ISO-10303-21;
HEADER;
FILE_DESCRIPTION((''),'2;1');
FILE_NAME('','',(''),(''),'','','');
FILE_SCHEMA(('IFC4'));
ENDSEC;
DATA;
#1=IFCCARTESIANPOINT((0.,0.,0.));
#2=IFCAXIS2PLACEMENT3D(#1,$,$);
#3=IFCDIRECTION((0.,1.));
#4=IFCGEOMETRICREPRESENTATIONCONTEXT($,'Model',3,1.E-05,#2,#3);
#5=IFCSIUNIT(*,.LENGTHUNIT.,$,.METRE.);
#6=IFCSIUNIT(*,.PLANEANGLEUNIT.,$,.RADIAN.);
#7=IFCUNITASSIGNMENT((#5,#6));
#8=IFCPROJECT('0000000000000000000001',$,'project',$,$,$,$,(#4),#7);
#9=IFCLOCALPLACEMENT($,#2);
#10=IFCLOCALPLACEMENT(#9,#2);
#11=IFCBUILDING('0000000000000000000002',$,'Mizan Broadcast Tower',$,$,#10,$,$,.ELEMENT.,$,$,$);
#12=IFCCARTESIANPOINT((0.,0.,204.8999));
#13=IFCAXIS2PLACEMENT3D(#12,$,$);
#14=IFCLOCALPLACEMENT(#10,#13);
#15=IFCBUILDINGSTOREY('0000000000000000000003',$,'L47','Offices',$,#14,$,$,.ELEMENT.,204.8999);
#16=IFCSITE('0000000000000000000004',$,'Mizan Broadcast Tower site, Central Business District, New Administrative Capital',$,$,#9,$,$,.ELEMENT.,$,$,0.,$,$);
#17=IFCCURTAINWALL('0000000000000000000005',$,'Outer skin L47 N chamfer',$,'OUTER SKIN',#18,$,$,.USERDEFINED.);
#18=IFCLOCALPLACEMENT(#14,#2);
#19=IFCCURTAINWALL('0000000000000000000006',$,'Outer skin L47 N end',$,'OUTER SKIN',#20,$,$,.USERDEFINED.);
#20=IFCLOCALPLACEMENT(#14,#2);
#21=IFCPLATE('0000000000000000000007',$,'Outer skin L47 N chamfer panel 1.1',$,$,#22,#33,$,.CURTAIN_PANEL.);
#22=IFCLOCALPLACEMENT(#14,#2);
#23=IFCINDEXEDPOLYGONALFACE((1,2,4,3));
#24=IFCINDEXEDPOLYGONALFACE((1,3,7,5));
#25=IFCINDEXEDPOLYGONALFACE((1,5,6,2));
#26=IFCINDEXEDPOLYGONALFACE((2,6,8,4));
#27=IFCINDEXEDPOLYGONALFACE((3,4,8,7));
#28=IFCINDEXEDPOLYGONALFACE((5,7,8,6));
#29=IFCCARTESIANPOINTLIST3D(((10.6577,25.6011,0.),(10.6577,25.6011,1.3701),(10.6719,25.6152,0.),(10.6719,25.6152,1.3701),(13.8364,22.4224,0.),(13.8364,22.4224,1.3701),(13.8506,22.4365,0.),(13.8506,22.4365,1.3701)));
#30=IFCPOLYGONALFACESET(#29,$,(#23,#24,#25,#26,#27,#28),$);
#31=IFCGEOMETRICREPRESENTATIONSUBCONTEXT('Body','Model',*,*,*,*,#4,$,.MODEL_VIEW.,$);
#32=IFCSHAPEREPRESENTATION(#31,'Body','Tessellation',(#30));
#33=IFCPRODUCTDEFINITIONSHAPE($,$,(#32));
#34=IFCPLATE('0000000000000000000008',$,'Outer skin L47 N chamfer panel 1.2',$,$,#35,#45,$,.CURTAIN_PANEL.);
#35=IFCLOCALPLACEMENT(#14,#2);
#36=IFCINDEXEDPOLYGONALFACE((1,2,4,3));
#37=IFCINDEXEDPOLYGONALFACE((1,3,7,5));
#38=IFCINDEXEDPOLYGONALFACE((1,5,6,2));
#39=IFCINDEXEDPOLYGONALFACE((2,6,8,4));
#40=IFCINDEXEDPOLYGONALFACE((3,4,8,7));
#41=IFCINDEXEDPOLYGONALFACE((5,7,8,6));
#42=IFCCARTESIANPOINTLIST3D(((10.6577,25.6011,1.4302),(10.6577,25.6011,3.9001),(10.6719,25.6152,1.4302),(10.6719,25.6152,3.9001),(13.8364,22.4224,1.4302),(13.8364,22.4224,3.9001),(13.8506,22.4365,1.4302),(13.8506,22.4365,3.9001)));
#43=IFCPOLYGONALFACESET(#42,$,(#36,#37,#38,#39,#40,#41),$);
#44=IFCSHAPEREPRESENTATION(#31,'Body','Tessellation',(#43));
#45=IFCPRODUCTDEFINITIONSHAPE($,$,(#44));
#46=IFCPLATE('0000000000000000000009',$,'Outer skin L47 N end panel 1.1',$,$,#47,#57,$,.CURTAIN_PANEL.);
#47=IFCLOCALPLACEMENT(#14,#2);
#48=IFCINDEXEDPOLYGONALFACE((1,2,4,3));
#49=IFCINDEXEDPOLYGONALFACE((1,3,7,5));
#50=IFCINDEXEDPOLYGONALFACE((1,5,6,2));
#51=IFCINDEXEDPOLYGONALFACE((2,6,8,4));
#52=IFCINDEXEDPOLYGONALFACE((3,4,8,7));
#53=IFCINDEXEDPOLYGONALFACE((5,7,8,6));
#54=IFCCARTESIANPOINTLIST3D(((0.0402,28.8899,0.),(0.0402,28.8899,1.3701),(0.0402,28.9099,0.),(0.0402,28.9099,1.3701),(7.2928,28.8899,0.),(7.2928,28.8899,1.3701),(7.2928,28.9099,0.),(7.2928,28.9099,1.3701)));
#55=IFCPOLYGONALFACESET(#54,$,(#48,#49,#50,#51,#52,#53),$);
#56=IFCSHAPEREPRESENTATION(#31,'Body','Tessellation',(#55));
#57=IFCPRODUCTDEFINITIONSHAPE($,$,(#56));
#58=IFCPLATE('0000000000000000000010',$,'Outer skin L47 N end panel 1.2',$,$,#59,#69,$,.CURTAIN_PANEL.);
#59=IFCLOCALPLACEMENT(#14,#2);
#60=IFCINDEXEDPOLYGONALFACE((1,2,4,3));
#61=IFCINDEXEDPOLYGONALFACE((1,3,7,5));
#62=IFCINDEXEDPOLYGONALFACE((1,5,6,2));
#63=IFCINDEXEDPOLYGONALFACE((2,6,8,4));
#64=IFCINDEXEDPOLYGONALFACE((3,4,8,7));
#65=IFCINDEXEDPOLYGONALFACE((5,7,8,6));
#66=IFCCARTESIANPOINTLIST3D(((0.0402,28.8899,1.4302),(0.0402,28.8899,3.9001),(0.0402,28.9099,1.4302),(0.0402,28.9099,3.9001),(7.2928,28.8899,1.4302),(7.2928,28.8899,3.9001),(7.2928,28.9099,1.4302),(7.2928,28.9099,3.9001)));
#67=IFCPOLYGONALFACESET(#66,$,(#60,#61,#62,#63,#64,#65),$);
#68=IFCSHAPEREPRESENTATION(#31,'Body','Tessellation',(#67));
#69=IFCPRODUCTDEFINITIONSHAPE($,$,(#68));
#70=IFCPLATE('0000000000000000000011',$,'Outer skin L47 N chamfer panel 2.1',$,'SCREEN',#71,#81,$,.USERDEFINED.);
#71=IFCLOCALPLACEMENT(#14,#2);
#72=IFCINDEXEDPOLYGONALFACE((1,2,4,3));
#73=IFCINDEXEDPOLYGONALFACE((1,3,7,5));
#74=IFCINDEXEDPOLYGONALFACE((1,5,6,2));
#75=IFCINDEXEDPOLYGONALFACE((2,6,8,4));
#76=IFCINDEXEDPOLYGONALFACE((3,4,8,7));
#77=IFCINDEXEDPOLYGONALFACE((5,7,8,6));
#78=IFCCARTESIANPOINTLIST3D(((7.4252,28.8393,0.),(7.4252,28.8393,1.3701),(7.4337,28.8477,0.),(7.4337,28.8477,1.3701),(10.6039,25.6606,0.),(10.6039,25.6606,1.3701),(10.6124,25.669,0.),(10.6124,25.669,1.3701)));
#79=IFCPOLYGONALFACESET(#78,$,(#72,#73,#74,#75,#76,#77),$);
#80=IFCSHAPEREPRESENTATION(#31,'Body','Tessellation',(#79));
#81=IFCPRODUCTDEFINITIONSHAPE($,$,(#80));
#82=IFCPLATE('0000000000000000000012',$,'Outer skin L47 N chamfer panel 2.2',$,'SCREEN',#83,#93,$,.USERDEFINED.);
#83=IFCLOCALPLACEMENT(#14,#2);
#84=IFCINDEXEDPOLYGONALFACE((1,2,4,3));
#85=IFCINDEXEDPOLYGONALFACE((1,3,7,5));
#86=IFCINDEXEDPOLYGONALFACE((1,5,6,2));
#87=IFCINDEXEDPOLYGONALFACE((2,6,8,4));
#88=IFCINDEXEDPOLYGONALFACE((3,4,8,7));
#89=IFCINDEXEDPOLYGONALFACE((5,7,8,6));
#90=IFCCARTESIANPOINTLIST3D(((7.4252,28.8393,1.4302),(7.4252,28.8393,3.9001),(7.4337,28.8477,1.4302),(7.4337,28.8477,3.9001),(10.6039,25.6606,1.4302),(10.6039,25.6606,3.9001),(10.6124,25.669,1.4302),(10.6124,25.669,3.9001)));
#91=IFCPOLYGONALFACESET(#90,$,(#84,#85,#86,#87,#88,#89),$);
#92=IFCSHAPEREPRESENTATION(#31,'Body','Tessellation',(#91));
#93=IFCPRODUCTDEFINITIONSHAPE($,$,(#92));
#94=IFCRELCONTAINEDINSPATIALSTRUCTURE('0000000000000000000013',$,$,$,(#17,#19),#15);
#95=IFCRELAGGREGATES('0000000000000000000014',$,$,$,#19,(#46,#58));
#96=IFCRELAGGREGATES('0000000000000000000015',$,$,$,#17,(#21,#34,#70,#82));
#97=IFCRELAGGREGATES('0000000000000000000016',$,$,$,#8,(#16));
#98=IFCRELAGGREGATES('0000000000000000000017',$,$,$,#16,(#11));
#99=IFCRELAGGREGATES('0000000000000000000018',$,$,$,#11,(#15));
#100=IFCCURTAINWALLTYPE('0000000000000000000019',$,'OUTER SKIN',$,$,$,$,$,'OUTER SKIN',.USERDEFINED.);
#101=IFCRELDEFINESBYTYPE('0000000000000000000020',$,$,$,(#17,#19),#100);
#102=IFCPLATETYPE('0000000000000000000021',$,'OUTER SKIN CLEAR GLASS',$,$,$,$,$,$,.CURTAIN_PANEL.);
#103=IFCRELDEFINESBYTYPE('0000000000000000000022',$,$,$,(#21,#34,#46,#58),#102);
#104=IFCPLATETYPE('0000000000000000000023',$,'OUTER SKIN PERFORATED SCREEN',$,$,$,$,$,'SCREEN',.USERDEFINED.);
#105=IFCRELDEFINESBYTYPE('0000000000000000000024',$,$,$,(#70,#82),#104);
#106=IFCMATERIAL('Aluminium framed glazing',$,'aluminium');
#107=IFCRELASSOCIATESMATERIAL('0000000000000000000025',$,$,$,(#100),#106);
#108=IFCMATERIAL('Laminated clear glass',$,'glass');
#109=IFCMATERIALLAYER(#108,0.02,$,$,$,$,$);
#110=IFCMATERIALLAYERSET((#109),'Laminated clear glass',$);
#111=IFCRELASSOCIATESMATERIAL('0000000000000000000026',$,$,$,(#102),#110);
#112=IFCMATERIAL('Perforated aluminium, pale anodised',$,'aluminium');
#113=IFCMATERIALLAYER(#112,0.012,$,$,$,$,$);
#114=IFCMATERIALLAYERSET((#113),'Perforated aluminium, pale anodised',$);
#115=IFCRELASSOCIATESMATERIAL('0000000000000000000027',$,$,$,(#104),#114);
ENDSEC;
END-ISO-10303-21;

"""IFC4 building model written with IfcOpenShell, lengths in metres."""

from ifc_helpers import new_model, si_unit, direction, frame, origin, origin_2d, place, context, subcontext, project, spatial, rectangle, extrude, material, layer, layer_set, type_object, element, aggregate, save


model = new_model("IFC4")

# Units and contexts
model_context = context("Model", 3, precision=1e-05, world=origin(), true_north=direction((0.0, 1.0)))
body_context = subcontext(model_context, "Body", "Model", "MODEL_VIEW")
ifc_project = project(units=[si_unit("LENGTHUNIT", "METRE"), si_unit("PLANEANGLEUNIT", "RADIAN")], contexts=[model_context])

# Site, building, storey
site_placement = place(None, origin())
site = spatial("IfcSite", under=ifc_project, at=site_placement, Name="Mizan Broadcast Tower site, Central Business District, New Administrative Capital", CompositionType="ELEMENT", RefElevation=0.0)
building_placement = place(site_placement, origin())
building = spatial("IfcBuilding", under=site, at=building_placement, Name="Mizan Broadcast Tower", CompositionType="ELEMENT")
storey_placement = place(building_placement, frame((0.0, 0.0, 204.8999)))
storey = spatial("IfcBuildingStorey", under=building, at=storey_placement, Name="L47", Description="Offices", CompositionType="ELEMENT", Elevation=204.8999)

# Shared definitions
ifc_material_1 = material(Name="Aluminium framed glazing", Category="aluminium")
curtain_wall_type_1 = type_object("IfcCurtainWallType", Name="OUTER SKIN", ElementType="OUTER SKIN", PredefinedType="USERDEFINED", material=ifc_material_1)

# Curtain wall
curtain_wall_1_placement = place(storey_placement, origin())
curtain_wall_1 = element("IfcCurtainWall", 1, at=curtain_wall_1_placement, inside=storey, type_object=curtain_wall_type_1, Name="Outer skin L47 N chamfer", ObjectType="OUTER SKIN", PredefinedType="USERDEFINED")

# Curtain wall
curtain_wall_2_placement = place(storey_placement, origin())
curtain_wall_2 = element("IfcCurtainWall", 2, at=curtain_wall_2_placement, inside=storey, type_object=curtain_wall_type_1, Name="Outer skin L47 N end", ObjectType="OUTER SKIN", PredefinedType="USERDEFINED")

# Plates
ifc_material_2 = material(Name="Laminated clear glass", Category="glass")
ifc_layer_1 = layer(ifc_material_2, 0.02)
ifc_layer_set_1 = layer_set([ifc_layer_1], Name="Laminated clear glass")
plate_type_1 = type_object("IfcPlateType", Name="OUTER SKIN CLEAR GLASS", PredefinedType="CURTAIN_PANEL", material=ifc_layer_set_1)
plate_1_placement = place(storey_placement, frame((12.2542, 24.0188, 0.0), z_axis=(0.0, 0.0, 1.0), x_axis=(-0.707107, 0.707107, 0.0)))
plate_1 = element("IfcPlate", 3, at=plate_1_placement, type_object=plate_type_1, Name="Outer skin L47 N chamfer panel 1.1", PredefinedType="CURTAIN_PANEL", context=body_context, shape_type="SweptSolid", body=[
    extrude(rectangle(XDim=4.4954, YDim=0.02, at=origin_2d()), origin(), (0.0, 0.0, 1.0), 1.3701),
])
plate_2_placement = place(storey_placement, frame((12.2542, 24.0188, 1.4302), z_axis=(0.0, 0.0, 1.0), x_axis=(-0.707107, 0.707107, 0.0)))
plate_2 = element("IfcPlate", 4, at=plate_2_placement, type_object=plate_type_1, Name="Outer skin L47 N chamfer panel 1.2", PredefinedType="CURTAIN_PANEL", context=body_context, shape_type="SweptSolid", body=[
    extrude(rectangle(XDim=4.4954, YDim=0.02, at=origin_2d()), origin(), (0.0, 0.0, 1.0), 2.47),
])
plate_3_placement = place(storey_placement, frame((3.6665, 28.8999, 0.0), z_axis=(0.0, 0.0, 1.0), x_axis=(-1.0, 0.0, 0.0)))
plate_3 = element("IfcPlate", 5, at=plate_3_placement, type_object=plate_type_1, Name="Outer skin L47 N end panel 1.1", PredefinedType="CURTAIN_PANEL", context=body_context, shape_type="SweptSolid", body=[
    extrude(rectangle(XDim=7.2527, YDim=0.02, at=origin_2d()), origin(), (0.0, 0.0, 1.0), 1.3701),
])
plate_4_placement = place(storey_placement, frame((3.6665, 28.8999, 1.4302), z_axis=(0.0, 0.0, 1.0), x_axis=(-1.0, 0.0, 0.0)))
plate_4 = element("IfcPlate", 6, at=plate_4_placement, type_object=plate_type_1, Name="Outer skin L47 N end panel 1.2", PredefinedType="CURTAIN_PANEL", context=body_context, shape_type="SweptSolid", body=[
    extrude(rectangle(XDim=7.2527, YDim=0.02, at=origin_2d()), origin(), (0.0, 0.0, 1.0), 2.47),
])
aggregate(curtain_wall_2, [plate_3, plate_4])
ifc_material_3 = material(Name="Perforated aluminium, pale anodised", Category="aluminium")
ifc_layer_2 = layer(ifc_material_3, 0.012)
ifc_layer_set_2 = layer_set([ifc_layer_2], Name="Perforated aluminium, pale anodised")
plate_type_2 = type_object("IfcPlateType", Name="OUTER SKIN PERFORATED SCREEN", ElementType="SCREEN", PredefinedType="USERDEFINED", material=ifc_layer_set_2)
plate_5_placement = place(storey_placement, frame((9.0188, 27.2542, 0.0), z_axis=(0.0, 0.0, 1.0), x_axis=(-0.707107, 0.707107, 0.0)))
plate_5 = element("IfcPlate", 7, at=plate_5_placement, type_object=plate_type_2, Name="Outer skin L47 N chamfer panel 2.1", ObjectType="SCREEN", PredefinedType="USERDEFINED", context=body_context, shape_type="SweptSolid", body=[
    extrude(rectangle(XDim=4.4954, YDim=0.012, at=origin_2d()), origin(), (0.0, 0.0, 1.0), 1.3701),
])
plate_6_placement = place(storey_placement, frame((9.0188, 27.2542, 1.4302), z_axis=(0.0, 0.0, 1.0), x_axis=(-0.707107, 0.707107, 0.0)))
plate_6 = element("IfcPlate", 8, at=plate_6_placement, type_object=plate_type_2, Name="Outer skin L47 N chamfer panel 2.2", ObjectType="SCREEN", PredefinedType="USERDEFINED", context=body_context, shape_type="SweptSolid", body=[
    extrude(rectangle(XDim=4.4954, YDim=0.012, at=origin_2d()), origin(), (0.0, 0.0, 1.0), 2.47),
])
aggregate(curtain_wall_1, [plate_1, plate_2, plate_5, plate_6])

save(model, "model.ifc")
